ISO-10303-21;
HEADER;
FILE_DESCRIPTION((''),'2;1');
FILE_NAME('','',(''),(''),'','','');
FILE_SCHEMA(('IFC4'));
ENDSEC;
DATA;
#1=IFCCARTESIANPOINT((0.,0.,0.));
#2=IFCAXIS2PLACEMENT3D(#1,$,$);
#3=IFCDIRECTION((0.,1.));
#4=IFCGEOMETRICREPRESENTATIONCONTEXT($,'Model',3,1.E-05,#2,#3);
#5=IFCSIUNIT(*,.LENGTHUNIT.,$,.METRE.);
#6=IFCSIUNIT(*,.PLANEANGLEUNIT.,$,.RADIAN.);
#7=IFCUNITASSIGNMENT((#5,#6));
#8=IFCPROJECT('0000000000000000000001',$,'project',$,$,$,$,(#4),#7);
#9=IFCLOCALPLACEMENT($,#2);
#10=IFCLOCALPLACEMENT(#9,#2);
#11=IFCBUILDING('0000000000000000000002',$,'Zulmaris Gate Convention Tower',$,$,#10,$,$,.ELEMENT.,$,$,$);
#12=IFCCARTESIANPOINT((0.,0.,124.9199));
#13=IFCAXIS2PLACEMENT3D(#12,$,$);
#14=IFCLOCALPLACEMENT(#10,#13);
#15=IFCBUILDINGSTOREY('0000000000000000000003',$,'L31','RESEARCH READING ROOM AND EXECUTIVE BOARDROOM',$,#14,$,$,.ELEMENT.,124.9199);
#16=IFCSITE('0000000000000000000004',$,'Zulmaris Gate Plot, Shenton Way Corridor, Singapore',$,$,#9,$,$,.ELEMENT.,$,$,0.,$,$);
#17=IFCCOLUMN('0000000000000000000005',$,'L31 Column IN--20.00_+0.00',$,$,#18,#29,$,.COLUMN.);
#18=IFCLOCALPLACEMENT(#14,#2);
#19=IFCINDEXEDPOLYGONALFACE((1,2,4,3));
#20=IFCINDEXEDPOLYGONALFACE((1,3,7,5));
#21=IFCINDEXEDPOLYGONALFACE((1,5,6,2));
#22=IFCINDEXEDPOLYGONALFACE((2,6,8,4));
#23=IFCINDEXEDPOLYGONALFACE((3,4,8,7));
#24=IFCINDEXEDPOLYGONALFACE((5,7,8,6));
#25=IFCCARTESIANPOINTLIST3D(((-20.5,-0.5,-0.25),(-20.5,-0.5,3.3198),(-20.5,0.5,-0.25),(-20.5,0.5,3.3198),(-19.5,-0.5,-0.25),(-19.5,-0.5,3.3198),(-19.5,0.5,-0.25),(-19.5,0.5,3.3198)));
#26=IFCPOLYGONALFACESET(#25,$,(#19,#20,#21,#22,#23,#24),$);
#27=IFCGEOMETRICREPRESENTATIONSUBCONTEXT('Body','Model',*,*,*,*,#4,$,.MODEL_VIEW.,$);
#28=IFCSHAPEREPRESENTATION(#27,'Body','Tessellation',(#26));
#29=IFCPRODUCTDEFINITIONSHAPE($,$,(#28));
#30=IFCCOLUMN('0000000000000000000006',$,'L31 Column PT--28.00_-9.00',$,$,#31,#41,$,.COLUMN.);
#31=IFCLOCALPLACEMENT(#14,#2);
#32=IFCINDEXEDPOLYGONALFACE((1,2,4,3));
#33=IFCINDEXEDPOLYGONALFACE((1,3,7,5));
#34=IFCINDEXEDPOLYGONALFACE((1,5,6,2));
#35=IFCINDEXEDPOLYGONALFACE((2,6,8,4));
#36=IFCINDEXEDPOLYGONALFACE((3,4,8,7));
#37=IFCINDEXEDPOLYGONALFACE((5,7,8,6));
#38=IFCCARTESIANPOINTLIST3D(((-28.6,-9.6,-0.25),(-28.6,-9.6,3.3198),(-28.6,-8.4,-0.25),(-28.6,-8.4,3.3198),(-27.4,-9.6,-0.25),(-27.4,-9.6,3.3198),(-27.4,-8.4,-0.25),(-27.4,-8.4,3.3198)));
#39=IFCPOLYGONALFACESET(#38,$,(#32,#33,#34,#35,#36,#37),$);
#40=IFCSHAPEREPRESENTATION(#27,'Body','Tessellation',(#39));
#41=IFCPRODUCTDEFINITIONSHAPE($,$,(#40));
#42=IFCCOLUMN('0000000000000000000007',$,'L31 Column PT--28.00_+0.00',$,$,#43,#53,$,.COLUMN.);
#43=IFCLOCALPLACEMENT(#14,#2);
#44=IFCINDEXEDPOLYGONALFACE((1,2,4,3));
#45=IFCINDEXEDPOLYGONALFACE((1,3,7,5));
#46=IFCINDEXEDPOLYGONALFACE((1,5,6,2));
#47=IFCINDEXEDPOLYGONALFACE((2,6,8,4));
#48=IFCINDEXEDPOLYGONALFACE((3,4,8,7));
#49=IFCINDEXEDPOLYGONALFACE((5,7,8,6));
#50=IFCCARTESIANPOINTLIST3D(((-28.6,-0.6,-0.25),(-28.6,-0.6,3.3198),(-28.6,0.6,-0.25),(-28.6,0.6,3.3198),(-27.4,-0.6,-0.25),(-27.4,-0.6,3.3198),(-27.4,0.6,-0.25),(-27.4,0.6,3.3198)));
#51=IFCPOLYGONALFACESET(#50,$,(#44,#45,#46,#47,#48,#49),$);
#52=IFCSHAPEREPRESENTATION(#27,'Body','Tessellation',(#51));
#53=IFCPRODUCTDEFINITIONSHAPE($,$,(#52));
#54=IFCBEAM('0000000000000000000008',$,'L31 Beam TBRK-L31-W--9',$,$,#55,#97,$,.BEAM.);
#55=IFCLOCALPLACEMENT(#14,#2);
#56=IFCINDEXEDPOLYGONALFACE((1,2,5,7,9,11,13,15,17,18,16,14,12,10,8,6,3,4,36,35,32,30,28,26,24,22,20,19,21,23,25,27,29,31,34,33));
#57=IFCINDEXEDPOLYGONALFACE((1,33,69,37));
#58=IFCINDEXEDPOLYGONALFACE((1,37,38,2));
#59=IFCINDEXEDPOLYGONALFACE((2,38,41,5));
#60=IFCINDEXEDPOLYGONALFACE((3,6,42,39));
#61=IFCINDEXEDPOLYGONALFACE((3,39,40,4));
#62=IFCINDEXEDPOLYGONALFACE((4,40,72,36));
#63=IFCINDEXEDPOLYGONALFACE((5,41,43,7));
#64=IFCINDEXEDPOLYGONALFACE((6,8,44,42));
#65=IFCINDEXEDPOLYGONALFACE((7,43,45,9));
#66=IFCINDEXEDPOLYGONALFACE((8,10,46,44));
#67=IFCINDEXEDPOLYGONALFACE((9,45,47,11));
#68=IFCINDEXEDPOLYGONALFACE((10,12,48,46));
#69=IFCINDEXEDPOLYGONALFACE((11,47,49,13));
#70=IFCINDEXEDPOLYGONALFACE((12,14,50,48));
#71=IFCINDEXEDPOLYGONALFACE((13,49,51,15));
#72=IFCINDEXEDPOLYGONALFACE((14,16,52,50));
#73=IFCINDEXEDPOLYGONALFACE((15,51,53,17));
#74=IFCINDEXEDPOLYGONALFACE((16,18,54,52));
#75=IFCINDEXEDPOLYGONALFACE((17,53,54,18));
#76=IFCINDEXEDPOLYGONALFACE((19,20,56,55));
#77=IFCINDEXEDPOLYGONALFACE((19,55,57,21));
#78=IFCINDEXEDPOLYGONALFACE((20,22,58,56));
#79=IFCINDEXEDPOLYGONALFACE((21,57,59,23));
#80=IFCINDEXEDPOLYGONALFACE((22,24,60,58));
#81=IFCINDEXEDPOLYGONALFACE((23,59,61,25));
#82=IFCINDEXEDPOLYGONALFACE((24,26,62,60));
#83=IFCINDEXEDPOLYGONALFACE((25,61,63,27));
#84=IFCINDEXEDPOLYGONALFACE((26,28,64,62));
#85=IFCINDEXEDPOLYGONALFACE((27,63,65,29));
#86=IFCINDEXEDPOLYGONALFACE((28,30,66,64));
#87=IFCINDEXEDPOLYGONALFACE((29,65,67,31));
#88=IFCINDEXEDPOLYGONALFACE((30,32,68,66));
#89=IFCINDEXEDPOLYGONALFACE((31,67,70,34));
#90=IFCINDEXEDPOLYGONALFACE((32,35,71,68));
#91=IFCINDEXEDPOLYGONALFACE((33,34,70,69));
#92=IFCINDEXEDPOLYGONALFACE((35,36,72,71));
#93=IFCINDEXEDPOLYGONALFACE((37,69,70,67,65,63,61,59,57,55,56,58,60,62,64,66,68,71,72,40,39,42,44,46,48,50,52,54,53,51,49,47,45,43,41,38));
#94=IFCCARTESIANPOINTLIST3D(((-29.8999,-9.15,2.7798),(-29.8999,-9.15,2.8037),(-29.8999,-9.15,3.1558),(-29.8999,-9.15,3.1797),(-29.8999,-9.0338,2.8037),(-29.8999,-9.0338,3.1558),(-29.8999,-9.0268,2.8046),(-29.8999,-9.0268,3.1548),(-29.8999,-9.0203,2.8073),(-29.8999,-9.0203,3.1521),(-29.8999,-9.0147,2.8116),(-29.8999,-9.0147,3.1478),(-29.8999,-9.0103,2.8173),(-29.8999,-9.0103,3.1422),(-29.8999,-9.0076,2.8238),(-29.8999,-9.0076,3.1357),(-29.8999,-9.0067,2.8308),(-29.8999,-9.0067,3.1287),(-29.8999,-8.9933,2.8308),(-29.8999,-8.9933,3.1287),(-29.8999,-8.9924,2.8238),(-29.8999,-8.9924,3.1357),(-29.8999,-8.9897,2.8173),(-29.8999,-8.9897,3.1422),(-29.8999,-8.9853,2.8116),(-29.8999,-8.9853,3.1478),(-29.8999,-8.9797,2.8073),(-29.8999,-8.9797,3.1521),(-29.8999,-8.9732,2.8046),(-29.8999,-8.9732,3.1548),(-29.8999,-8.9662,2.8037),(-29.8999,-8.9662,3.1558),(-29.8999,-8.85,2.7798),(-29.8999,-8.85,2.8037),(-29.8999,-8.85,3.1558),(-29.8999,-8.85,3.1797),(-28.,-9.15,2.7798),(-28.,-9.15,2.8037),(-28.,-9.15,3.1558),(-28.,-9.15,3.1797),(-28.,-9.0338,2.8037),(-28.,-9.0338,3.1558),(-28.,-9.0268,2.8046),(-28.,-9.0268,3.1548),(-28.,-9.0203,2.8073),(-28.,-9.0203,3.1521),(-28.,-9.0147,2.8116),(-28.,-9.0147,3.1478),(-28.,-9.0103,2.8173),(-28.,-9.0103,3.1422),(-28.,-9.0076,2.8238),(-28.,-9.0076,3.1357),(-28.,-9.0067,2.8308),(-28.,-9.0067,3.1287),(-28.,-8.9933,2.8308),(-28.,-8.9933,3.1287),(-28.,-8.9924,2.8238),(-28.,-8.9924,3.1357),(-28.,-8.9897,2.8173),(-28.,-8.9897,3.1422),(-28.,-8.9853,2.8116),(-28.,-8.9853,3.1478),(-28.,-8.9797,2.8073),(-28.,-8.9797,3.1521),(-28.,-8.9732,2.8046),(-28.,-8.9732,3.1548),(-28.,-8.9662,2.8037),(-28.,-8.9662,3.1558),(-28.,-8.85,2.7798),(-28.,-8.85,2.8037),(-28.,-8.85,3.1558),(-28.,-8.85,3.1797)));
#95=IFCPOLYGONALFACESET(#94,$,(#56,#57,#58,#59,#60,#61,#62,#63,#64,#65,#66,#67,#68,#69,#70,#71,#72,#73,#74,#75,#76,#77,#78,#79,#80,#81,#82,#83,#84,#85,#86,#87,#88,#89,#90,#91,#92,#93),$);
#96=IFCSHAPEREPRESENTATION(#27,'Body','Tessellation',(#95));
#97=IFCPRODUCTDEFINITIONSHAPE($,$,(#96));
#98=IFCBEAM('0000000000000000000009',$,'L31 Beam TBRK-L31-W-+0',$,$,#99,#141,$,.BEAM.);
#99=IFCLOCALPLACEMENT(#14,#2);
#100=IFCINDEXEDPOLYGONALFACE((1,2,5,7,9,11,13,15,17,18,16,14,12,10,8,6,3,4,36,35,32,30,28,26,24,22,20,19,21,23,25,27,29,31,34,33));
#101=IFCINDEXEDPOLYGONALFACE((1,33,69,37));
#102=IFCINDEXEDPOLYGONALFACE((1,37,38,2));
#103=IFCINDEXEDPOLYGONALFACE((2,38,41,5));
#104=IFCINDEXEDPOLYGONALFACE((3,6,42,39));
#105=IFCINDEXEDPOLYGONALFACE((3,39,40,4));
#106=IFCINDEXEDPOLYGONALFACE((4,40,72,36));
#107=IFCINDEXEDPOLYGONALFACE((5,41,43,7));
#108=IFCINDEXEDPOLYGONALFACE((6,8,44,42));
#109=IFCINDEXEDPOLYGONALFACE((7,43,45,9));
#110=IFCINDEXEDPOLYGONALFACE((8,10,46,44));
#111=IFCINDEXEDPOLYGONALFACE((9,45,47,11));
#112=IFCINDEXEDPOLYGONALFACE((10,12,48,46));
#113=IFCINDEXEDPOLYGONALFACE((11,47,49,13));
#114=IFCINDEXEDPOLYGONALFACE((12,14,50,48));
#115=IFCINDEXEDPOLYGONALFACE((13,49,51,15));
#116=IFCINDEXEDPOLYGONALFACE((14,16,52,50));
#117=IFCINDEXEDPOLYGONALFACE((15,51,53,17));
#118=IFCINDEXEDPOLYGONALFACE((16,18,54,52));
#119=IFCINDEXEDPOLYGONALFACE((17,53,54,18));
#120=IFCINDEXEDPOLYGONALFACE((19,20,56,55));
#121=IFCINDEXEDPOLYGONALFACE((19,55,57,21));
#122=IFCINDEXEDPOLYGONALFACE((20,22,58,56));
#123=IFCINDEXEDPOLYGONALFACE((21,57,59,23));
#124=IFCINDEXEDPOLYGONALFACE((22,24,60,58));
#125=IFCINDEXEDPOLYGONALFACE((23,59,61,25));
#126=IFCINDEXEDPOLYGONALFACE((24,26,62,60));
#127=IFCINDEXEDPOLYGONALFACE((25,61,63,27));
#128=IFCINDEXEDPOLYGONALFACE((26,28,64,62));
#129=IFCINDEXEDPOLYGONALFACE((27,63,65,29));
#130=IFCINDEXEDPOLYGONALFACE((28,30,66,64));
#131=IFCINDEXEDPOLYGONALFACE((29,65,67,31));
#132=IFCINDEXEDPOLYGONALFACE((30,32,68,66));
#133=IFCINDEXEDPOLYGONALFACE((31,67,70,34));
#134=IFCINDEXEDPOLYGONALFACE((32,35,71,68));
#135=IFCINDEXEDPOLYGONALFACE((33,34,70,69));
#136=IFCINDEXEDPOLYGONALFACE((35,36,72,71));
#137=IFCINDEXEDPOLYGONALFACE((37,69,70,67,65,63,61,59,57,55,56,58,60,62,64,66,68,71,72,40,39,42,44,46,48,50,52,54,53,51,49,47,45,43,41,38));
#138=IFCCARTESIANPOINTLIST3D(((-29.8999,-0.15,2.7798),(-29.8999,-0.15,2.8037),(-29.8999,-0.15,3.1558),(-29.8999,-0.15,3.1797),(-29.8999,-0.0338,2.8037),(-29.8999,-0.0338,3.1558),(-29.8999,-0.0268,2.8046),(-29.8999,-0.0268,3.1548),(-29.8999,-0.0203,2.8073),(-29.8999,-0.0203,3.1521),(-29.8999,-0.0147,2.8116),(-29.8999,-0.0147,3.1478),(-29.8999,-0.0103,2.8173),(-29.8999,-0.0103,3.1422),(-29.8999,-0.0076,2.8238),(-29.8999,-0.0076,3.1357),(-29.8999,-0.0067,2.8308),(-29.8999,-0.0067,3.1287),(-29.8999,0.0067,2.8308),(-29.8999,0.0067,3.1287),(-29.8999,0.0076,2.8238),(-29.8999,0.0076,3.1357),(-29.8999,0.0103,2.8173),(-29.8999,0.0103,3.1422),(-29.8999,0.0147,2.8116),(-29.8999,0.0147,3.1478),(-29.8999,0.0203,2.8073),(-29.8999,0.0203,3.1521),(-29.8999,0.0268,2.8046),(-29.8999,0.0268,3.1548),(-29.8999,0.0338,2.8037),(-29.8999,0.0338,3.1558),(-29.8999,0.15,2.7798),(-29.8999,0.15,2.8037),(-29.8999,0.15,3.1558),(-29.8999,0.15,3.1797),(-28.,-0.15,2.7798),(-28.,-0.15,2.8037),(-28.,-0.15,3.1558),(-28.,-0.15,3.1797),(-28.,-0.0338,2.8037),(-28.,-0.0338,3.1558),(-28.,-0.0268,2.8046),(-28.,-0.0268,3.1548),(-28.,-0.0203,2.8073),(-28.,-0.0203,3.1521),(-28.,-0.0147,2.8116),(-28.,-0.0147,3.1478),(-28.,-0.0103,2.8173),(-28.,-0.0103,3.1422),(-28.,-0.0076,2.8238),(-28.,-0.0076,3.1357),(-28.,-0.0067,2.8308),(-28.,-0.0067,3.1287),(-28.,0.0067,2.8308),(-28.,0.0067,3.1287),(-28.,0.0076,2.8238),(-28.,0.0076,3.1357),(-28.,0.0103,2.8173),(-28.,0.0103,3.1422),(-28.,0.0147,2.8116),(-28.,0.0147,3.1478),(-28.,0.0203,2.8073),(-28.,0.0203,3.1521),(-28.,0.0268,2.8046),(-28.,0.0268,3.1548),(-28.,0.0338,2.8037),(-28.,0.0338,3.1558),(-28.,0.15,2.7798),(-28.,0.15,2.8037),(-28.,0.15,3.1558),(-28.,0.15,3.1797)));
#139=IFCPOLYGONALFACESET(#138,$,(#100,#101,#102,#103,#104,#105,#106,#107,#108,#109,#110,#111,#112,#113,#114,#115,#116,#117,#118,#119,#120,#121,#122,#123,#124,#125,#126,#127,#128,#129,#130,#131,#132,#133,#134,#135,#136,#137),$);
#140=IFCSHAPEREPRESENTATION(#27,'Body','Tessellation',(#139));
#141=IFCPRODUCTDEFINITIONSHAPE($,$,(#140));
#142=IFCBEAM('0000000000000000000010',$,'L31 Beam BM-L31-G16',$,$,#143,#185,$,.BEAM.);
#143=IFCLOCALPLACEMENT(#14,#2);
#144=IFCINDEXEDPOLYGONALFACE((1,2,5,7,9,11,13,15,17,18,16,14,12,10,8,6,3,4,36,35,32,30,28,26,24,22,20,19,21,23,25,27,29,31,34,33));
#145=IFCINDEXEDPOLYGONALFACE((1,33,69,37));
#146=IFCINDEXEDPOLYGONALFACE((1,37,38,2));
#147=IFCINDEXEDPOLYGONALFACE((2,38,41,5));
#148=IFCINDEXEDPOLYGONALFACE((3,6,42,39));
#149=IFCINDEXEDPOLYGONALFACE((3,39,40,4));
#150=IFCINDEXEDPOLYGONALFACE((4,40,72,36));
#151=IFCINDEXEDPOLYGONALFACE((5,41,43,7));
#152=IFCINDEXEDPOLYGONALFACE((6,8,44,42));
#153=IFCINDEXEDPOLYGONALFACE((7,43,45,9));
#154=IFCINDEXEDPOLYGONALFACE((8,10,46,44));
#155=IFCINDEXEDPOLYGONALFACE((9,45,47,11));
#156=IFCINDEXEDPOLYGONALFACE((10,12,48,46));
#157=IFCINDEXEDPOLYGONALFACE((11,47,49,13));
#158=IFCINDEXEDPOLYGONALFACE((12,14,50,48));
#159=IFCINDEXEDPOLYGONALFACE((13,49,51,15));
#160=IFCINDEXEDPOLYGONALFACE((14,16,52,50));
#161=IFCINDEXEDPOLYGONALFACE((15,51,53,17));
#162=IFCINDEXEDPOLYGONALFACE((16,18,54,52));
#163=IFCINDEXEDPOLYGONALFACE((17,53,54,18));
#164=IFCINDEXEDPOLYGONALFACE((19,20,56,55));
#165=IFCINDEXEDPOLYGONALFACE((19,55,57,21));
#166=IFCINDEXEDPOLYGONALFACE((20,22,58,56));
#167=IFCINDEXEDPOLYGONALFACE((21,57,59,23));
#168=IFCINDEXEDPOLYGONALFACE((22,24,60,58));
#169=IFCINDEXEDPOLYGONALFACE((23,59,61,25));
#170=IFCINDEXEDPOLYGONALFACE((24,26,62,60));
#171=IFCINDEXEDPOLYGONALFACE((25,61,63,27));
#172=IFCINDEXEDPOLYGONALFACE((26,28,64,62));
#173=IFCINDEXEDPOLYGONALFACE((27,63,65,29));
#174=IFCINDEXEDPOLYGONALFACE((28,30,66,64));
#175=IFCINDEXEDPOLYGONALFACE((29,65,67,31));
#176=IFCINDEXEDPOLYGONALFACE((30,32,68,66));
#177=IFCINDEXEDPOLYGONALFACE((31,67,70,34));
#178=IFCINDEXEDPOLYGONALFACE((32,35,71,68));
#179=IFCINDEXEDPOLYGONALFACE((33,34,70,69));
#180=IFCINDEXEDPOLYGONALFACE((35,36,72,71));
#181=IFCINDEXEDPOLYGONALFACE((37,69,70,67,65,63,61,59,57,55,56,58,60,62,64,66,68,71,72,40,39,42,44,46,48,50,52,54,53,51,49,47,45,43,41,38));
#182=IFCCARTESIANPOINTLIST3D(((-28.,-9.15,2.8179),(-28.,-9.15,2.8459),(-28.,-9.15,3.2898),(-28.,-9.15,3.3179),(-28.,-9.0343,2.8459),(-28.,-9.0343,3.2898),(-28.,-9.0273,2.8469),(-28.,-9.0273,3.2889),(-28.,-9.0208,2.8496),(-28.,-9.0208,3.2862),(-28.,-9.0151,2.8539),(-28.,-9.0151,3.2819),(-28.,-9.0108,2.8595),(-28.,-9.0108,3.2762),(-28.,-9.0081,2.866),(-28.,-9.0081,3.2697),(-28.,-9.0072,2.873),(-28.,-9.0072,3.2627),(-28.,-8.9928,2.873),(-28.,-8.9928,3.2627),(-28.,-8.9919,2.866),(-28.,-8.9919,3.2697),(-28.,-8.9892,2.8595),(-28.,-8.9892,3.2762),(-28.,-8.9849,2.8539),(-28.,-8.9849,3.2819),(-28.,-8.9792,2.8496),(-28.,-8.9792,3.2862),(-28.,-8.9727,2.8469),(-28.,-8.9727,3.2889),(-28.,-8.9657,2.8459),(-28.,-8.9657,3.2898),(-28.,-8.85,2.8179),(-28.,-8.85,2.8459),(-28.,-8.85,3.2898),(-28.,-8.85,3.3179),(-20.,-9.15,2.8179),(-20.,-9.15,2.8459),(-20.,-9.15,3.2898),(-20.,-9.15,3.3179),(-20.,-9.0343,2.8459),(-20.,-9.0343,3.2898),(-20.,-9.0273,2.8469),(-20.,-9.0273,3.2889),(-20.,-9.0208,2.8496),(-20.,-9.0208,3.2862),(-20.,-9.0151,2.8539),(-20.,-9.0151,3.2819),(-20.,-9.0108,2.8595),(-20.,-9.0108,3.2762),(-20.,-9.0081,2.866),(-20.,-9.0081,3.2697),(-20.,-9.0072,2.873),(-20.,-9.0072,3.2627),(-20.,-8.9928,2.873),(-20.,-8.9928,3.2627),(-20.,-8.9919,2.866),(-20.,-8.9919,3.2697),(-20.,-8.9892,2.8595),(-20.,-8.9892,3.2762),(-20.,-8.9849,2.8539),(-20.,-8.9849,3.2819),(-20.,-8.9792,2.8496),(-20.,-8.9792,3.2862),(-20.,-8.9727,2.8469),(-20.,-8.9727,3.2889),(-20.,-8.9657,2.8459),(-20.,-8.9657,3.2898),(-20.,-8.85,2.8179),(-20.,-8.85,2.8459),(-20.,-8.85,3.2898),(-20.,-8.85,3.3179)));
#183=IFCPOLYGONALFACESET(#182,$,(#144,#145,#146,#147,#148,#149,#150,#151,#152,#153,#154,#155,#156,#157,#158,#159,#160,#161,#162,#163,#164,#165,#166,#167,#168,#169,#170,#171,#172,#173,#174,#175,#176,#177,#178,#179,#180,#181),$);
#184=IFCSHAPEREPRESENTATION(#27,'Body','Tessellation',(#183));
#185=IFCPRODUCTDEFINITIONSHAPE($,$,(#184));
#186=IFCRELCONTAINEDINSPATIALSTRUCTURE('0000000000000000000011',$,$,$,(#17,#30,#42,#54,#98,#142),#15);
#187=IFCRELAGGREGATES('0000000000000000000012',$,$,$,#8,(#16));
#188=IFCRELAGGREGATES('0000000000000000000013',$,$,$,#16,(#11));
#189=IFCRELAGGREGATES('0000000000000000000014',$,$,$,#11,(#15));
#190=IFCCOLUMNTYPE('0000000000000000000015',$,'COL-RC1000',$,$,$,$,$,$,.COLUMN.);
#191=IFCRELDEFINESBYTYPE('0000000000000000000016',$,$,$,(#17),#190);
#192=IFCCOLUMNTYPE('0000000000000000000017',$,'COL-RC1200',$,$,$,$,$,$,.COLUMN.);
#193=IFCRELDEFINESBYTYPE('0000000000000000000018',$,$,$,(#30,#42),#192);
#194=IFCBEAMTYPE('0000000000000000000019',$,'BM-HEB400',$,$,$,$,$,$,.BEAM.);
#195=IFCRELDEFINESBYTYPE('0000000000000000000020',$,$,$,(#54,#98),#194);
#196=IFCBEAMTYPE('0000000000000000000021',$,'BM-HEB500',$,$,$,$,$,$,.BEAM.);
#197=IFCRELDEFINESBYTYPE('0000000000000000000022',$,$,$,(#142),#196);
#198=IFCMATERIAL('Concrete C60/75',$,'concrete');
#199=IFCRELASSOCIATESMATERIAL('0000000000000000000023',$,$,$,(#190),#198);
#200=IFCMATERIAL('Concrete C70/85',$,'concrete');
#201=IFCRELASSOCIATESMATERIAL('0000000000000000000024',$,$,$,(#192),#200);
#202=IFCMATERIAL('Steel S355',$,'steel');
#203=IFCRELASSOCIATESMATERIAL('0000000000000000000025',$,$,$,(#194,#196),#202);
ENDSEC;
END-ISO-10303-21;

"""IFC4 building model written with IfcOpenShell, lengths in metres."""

from ifc_helpers import new_model, si_unit, direction, frame, origin, origin_2d, place, context, subcontext, project, spatial, rectangle, i_section, extrude, material, material_profile, profile_set, type_object, element, save


model = new_model("IFC4")

# Units and contexts
model_context = context("Model", 3, precision=1e-05, world=origin(), true_north=direction((0.0, 1.0)))
body_context = subcontext(model_context, "Body", "Model", "MODEL_VIEW")
ifc_project = project(units=[si_unit("LENGTHUNIT", "METRE"), si_unit("PLANEANGLEUNIT", "RADIAN")], contexts=[model_context])

# Site, building, storey
site_placement = place(None, origin())
site = spatial("IfcSite", under=ifc_project, at=site_placement, Name="Zulmaris Gate Plot, Shenton Way Corridor, Singapore", CompositionType="ELEMENT", RefElevation=0.0)
building_placement = place(site_placement, origin())
building = spatial("IfcBuilding", under=site, at=building_placement, Name="Zulmaris Gate Convention Tower", CompositionType="ELEMENT")
storey_placement = place(building_placement, frame((0.0, 0.0, 124.9199)))
storey = spatial("IfcBuildingStorey", under=building, at=storey_placement, Name="L31", Description="RESEARCH READING ROOM AND EXECUTIVE BOARDROOM", CompositionType="ELEMENT", Elevation=124.9199)

# Columns
ifc_material_1 = material(Name="Concrete C60/75", Category="concrete")
ifc_material_profile_1 = material_profile(ifc_material_1, rectangle(XDim=1.0, YDim=1.0, at=origin_2d()), Name="RC COL 1000x1000")
ifc_profile_set_1 = profile_set([ifc_material_profile_1], Name="Concrete C60/75")
column_type_1 = type_object("IfcColumnType", Name="COL-RC1000", PredefinedType="COLUMN", material=ifc_profile_set_1)
column_placement = place(storey_placement, frame((-20.0, 0.0, -0.25), z_axis=(0.0, 0.0, 1.0), x_axis=(1.0, 0.0, 0.0)))
element("IfcColumn", 1, at=column_placement, inside=storey, type_object=column_type_1, Name="L31 Column IN--20.00_+0.00", PredefinedType="COLUMN", context=body_context, shape_type="SweptSolid", body=[
    extrude(rectangle(XDim=1.0, YDim=1.0, at=origin_2d()), origin(), (0.0, 0.0, 1.0), 3.5698),
])
ifc_material_2 = material(Name="Concrete C70/85", Category="concrete")
ifc_material_profile_2 = material_profile(ifc_material_2, rectangle(XDim=1.2, YDim=1.2, at=origin_2d()), Name="RC COL 1200x1200")
ifc_profile_set_2 = profile_set([ifc_material_profile_2], Name="Concrete C70/85")
column_type_2 = type_object("IfcColumnType", Name="COL-RC1200", PredefinedType="COLUMN", material=ifc_profile_set_2)
for number, where, z_axis, x_axis, name in (
    (2, (-28.0, -9.0, -0.25), (0.0, 0.0, 1.0), (1.0, 0.0, 0.0), "L31 Column PT--28.00_-9.00"),
    (3, (-28.0, 0.0, -0.25), (0.0, 0.0, 1.0), (1.0, 0.0, 0.0), "L31 Column PT--28.00_+0.00"),
):
    element("IfcColumn", number, at=place(storey_placement, frame(where, z_axis=z_axis, x_axis=x_axis)), inside=storey, type_object=column_type_2, Name=name, PredefinedType="COLUMN", context=body_context, shape_type="SweptSolid", body=[
        extrude(rectangle(XDim=1.2, YDim=1.2, at=origin_2d()), origin(), (0.0, 0.0, 1.0), 3.5698),
    ])

# Beams
ifc_material_3 = material(Name="Steel S355", Category="steel")
ifc_material_profile_3 = material_profile(ifc_material_3, i_section(OverallWidth=0.3, OverallDepth=0.3999, WebThickness=0.0134, FlangeThickness=0.0239, FilletRadius=0.0271, at=origin_2d()), Name="HEB 400")
ifc_profile_set_3 = profile_set([ifc_material_profile_3], Name="Steel S355")
beam_type_1 = type_object("IfcBeamType", Name="BM-HEB400", PredefinedType="BEAM", material=ifc_profile_set_3)
for number, where, z_axis, x_axis, name in (
    (4, (-29.8999, -9.0, 2.9797), (1.0, 0.0, 0.0), (0.0, 1.0, 0.0), "L31 Beam TBRK-L31-W--9"),
    (5, (-29.8999, 0.0, 2.9797), (1.0, 0.0, 0.0), (0.0, 1.0, 0.0), "L31 Beam TBRK-L31-W-+0"),
):
    element("IfcBeam", number, at=place(storey_placement, frame(where, z_axis=z_axis, x_axis=x_axis)), inside=storey, type_object=beam_type_1, Name=name, PredefinedType="BEAM", context=body_context, shape_type="SweptSolid", body=[
        extrude(i_section(OverallWidth=0.3, OverallDepth=0.3999, WebThickness=0.0134, FlangeThickness=0.0239, FilletRadius=0.0271, at=origin_2d()), origin(), (0.0, 0.0, 1.0), 1.8999),
    ])
ifc_material_profile_4 = material_profile(ifc_material_3, i_section(OverallWidth=0.3, OverallDepth=0.5, WebThickness=0.0144, FlangeThickness=0.0281, FilletRadius=0.0271, at=origin_2d()), Name="HEB 500")
ifc_profile_set_4 = profile_set([ifc_material_profile_4], Name="Steel S355")
beam_type_2 = type_object("IfcBeamType", Name="BM-HEB500", PredefinedType="BEAM", material=ifc_profile_set_4)
for number, where, z_axis, x_axis, name in (
    (6, (-28.0, -9.0, 3.0679), (1.0, 0.0, 0.0), (0.0, 1.0, 0.0), "L31 Beam BM-L31-G16"),
):
    element("IfcBeam", number, at=place(storey_placement, frame(where, z_axis=z_axis, x_axis=x_axis)), inside=storey, type_object=beam_type_2, Name=name, PredefinedType="BEAM", context=body_context, shape_type="SweptSolid", body=[
        extrude(i_section(OverallWidth=0.3, OverallDepth=0.5, WebThickness=0.0144, FlangeThickness=0.0281, FilletRadius=0.0271, at=origin_2d()), origin(), (0.0, 0.0, 1.0), 8.0),
    ])

save(model, "model.ifc")
